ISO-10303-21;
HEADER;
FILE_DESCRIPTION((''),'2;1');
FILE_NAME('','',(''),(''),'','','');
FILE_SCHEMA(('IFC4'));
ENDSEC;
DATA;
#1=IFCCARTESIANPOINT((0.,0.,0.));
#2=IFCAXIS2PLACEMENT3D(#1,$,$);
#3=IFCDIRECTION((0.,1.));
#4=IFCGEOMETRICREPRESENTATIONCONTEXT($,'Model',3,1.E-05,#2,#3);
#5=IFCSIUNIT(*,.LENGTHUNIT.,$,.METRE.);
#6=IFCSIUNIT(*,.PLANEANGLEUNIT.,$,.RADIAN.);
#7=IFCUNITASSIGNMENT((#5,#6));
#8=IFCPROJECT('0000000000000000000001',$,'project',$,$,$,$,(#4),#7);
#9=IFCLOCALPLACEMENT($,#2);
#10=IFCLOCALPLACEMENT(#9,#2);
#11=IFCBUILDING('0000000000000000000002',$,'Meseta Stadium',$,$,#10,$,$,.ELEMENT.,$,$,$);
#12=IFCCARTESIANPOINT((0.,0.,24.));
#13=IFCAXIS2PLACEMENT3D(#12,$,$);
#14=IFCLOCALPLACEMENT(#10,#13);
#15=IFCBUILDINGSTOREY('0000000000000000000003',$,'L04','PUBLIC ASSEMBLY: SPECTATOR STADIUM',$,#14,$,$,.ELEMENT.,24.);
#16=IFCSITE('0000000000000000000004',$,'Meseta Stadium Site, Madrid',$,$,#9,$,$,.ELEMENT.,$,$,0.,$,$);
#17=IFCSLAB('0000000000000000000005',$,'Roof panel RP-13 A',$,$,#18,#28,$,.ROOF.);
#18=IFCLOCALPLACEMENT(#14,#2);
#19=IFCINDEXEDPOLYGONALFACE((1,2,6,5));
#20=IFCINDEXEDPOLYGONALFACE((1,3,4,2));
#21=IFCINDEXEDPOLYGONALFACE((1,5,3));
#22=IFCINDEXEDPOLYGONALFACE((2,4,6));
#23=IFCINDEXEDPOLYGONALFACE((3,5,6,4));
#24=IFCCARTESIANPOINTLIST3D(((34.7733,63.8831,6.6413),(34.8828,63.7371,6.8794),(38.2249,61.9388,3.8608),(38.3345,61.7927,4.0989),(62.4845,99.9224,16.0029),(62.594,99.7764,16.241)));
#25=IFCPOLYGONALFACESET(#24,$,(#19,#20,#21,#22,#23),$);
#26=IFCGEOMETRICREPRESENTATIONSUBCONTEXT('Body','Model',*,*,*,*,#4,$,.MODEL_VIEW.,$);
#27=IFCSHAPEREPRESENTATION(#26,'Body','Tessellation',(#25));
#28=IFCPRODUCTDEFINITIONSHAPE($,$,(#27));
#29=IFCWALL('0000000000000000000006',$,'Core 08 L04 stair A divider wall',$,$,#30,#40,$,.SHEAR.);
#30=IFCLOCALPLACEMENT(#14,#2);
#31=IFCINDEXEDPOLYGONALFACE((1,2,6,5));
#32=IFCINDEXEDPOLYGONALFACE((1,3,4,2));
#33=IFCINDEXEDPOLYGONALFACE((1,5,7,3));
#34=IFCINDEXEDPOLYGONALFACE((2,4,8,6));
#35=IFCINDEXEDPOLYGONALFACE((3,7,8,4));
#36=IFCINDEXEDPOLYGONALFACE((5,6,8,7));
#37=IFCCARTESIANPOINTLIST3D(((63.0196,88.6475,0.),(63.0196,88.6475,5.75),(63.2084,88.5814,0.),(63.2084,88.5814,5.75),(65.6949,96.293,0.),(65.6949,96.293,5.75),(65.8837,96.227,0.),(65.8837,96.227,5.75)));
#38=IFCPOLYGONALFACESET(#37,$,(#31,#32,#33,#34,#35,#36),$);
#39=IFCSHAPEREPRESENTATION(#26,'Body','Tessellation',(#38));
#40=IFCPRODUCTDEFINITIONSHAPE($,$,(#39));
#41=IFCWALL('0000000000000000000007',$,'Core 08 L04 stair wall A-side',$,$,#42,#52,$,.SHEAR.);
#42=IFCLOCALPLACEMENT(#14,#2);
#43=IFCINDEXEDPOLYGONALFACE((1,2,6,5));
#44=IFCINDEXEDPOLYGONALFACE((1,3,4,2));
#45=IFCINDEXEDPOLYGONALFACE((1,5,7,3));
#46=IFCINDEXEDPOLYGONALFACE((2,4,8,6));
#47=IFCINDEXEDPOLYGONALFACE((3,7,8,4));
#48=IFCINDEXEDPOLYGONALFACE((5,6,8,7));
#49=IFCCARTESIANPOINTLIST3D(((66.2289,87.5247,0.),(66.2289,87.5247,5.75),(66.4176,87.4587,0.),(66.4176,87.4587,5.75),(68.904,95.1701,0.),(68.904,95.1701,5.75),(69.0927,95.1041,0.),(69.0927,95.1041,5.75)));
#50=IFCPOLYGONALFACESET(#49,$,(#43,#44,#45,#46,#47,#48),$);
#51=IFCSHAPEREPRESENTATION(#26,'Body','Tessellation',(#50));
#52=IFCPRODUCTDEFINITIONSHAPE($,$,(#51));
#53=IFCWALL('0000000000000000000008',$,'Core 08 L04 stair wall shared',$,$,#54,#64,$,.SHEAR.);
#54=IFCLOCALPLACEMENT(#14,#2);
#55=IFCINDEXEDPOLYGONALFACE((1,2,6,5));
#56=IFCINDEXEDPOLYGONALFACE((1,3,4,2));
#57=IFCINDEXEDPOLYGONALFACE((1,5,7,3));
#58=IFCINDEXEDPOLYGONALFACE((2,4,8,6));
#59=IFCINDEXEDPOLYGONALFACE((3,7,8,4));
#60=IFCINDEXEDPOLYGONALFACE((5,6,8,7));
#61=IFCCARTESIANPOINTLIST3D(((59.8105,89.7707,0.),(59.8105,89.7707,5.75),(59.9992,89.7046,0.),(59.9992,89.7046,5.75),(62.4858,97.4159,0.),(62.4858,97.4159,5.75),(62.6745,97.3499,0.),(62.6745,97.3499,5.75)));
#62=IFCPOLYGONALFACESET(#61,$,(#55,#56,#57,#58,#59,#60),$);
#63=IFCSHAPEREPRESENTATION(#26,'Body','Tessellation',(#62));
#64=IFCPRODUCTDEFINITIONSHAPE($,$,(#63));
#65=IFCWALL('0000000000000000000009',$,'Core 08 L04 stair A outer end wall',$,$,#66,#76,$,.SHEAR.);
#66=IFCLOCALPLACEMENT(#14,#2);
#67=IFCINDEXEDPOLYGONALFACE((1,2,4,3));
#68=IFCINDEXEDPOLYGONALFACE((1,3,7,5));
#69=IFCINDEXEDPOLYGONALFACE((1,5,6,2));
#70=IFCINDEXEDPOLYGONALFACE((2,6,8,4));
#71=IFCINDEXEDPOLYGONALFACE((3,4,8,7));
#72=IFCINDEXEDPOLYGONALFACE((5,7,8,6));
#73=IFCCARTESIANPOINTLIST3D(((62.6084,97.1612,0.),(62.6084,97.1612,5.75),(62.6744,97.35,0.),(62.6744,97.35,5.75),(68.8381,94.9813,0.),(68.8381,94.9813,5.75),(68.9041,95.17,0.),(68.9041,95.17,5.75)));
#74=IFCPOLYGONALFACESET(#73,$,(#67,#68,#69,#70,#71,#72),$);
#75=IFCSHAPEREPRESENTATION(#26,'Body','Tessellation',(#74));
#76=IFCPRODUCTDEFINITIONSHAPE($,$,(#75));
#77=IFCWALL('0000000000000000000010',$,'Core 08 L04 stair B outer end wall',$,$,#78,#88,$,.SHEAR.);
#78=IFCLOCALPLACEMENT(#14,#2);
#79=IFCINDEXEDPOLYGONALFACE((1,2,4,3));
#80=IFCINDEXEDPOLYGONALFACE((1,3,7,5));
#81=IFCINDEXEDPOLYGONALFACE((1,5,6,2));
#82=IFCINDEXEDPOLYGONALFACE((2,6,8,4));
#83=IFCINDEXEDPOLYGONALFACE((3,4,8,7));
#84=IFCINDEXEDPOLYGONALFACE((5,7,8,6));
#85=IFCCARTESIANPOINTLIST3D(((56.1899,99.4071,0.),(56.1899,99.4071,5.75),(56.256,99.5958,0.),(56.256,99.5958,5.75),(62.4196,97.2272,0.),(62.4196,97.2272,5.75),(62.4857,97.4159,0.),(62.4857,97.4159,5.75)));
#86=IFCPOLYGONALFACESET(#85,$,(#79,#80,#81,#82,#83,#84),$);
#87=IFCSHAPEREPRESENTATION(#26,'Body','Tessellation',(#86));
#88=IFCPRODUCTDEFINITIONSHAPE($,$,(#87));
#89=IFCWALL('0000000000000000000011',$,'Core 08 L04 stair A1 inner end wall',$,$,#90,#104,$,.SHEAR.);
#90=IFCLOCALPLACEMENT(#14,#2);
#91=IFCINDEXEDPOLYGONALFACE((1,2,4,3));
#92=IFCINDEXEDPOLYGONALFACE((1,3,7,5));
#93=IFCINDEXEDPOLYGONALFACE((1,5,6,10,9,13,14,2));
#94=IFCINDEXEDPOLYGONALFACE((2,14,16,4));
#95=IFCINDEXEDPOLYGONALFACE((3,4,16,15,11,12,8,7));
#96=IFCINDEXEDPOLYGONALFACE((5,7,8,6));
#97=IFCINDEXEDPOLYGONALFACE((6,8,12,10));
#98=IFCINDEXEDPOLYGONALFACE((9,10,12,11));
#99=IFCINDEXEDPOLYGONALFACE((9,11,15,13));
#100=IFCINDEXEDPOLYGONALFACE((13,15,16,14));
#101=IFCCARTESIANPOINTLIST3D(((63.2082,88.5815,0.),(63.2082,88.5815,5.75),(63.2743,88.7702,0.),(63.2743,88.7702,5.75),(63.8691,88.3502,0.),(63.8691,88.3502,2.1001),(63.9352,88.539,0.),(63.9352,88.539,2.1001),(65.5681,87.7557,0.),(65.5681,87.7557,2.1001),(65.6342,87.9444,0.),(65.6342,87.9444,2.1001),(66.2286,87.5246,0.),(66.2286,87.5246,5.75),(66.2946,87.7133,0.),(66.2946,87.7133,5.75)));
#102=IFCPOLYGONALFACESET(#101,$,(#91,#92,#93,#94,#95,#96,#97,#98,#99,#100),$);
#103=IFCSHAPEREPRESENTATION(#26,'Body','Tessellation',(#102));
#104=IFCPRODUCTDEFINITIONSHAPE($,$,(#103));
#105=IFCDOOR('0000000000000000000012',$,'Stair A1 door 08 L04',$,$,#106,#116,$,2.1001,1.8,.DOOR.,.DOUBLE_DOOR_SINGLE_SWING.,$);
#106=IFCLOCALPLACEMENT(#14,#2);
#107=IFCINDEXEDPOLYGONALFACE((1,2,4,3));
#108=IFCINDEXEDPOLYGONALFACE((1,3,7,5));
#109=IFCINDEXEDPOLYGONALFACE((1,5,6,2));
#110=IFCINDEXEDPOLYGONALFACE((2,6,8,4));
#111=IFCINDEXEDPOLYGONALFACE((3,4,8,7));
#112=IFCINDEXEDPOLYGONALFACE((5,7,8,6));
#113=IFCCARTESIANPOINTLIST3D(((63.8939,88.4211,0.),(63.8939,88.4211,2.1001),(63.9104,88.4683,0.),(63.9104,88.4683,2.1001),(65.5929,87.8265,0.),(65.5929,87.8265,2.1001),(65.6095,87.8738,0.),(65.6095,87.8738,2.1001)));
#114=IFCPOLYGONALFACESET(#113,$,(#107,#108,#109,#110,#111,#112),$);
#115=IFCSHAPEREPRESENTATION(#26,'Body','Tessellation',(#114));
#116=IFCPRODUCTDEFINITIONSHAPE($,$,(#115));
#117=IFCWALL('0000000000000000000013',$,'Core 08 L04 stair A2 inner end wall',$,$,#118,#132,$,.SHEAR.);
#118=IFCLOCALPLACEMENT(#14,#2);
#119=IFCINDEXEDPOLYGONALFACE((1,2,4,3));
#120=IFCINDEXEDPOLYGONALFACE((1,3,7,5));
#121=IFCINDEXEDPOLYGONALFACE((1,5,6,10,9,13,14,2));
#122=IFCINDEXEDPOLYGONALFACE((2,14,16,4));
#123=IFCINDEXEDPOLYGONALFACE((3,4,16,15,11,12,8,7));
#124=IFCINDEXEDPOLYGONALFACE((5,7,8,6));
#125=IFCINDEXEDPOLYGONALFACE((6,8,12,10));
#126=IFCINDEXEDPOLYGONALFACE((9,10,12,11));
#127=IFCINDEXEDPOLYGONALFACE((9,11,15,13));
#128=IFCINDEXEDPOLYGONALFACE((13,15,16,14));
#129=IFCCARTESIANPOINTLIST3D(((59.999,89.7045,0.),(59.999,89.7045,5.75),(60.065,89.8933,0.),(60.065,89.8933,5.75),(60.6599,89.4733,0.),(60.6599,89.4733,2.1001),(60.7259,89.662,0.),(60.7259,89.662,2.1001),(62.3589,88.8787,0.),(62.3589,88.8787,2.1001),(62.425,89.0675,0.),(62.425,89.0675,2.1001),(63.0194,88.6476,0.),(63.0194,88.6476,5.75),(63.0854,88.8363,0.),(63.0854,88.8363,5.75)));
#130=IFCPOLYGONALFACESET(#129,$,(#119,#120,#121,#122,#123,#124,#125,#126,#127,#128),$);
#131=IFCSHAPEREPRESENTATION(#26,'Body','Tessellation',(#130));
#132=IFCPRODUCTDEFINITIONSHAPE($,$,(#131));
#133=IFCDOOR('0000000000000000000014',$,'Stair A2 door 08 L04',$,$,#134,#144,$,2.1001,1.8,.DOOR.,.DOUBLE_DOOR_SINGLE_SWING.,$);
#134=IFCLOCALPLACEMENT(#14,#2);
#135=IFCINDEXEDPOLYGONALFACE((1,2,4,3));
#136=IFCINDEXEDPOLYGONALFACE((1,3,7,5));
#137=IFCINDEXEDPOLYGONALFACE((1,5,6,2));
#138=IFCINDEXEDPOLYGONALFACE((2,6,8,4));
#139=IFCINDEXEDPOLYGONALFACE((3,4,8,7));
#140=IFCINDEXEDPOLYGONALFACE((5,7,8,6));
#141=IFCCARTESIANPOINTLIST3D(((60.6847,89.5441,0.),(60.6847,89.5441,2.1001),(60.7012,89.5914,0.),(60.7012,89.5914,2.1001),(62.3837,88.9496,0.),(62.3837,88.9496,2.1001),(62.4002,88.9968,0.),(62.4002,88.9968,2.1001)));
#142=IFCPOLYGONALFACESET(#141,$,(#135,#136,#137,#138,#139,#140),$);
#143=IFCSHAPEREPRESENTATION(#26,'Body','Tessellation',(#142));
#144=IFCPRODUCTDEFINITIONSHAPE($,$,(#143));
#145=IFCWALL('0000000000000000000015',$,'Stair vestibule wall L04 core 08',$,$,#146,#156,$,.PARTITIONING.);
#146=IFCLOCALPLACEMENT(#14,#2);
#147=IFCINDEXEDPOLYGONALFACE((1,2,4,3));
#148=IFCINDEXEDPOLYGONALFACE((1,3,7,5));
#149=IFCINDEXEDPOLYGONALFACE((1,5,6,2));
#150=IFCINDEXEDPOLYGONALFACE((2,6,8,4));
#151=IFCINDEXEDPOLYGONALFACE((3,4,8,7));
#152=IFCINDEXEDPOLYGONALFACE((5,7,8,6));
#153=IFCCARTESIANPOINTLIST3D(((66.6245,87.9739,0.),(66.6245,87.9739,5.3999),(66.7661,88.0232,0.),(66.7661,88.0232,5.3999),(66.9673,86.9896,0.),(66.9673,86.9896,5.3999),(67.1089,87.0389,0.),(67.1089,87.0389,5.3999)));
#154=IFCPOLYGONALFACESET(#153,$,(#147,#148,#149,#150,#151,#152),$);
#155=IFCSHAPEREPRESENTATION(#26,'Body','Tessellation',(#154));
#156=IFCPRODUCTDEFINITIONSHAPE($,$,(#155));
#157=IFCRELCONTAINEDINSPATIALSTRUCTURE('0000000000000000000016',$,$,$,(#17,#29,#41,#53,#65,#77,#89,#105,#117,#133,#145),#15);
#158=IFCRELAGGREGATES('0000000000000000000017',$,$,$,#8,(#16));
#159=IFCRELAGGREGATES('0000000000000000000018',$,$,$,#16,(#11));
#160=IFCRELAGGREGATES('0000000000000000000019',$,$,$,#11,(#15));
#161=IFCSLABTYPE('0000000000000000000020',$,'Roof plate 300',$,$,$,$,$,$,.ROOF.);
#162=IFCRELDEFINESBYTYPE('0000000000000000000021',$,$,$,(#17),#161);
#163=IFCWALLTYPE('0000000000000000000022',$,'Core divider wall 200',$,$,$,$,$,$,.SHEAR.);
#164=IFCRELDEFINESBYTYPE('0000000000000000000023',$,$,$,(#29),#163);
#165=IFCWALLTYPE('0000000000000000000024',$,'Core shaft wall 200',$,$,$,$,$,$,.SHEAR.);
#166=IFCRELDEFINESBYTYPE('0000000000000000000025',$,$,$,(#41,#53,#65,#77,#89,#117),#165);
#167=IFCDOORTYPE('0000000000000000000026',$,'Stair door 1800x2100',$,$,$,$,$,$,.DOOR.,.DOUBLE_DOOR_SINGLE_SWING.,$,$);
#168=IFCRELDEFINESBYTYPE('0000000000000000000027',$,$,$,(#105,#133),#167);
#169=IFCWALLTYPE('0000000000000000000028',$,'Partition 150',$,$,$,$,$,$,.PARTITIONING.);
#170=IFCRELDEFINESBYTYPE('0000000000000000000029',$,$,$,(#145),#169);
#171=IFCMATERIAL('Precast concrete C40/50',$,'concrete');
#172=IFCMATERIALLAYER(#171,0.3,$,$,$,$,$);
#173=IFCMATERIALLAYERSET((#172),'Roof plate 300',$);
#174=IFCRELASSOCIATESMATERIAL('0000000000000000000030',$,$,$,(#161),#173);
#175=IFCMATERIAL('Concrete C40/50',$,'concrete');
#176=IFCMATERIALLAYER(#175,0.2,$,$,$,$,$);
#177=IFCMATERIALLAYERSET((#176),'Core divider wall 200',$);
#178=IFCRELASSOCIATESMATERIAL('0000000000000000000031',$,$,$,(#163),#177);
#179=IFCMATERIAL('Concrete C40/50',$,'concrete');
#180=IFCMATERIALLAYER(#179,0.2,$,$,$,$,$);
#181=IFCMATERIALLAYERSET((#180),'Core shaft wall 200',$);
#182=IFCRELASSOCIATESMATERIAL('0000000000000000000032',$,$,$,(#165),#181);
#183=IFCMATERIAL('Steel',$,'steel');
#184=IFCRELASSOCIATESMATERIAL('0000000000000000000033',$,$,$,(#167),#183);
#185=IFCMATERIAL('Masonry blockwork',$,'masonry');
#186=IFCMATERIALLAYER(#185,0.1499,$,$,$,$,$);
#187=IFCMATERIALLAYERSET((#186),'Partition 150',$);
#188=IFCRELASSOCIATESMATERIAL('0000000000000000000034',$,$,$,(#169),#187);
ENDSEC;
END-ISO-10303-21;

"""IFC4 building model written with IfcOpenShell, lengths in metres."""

from ifc_helpers import new_model, si_unit, direction, frame, frame_2d, origin, place, context, subcontext, project, spatial, polyline, rectangle, outline, extrude, material, layer, layer_set, type_object, element, fill, save


model = new_model("IFC4")

# Units and contexts
model_context = context("Model", 3, precision=1e-05, world=origin(), true_north=direction((0.0, 1.0)))
body_context = subcontext(model_context, "Body", "Model", "MODEL_VIEW")
ifc_project = project(units=[si_unit("LENGTHUNIT", "METRE"), si_unit("PLANEANGLEUNIT", "RADIAN")], contexts=[model_context])

# Site, building, storey
site_placement = place(None, origin())
site = spatial("IfcSite", under=ifc_project, at=site_placement, Name="Meseta Stadium Site, Madrid", CompositionType="ELEMENT", RefElevation=0.0)
building_placement = place(site_placement, origin())
building = spatial("IfcBuilding", under=site, at=building_placement, Name="Meseta Stadium", CompositionType="ELEMENT")
storey_placement = place(building_placement, frame((0.0, 0.0, 24.0)))
storey = spatial("IfcBuildingStorey", under=building, at=storey_placement, Name="L04", Description="PUBLIC ASSEMBLY: SPECTATOR STADIUM", CompositionType="ELEMENT", Elevation=24.0)

# Slab
ifc_material_1 = material(Name="Precast concrete C40/50", Category="concrete")
ifc_layer_1 = layer(ifc_material_1, 0.3)
ifc_layer_set_1 = layer_set([ifc_layer_1], Name="Roof plate 300")
slab_type = type_object("IfcSlabType", Name="Roof plate 300", PredefinedType="ROOF", material=ifc_layer_set_1)
slab_placement = place(storey_placement, frame((62.594, 99.7764, 16.241), z_axis=(0.365038, -0.486821, 0.793569), x_axis=(-0.519735, -0.813761, -0.260132)))
element("IfcSlab", 1, at=slab_placement, inside=storey, type_object=slab_type, Name="Roof panel RP-13 A", PredefinedType="ROOF", context=body_context, shape_type="SweptSolid", body=[
    extrude(outline(polyline([(0.0, 0.0), (46.6767, 0.0), (46.1651, -4.8129), (0.0, 0.0)])), origin(), (0.0, 0.0, -1.0), 0.3),
])

# Walls
ifc_material_2 = material(Name="Concrete C40/50", Category="concrete")
ifc_layer_2 = layer(ifc_material_2, 0.2)
ifc_layer_set_2 = layer_set([ifc_layer_2], Name="Core divider wall 200")
wall_type_1 = type_object("IfcWallType", Name="Core divider wall 200", PredefinedType="SHEAR", material=ifc_layer_set_2)
wall_1_placement = place(storey_placement, frame((65.7893, 96.26, 0.0), z_axis=(0.0, 0.0, 1.0), x_axis=(-0.330281, -0.943883, 0.0)))
element("IfcWall", 2, at=wall_1_placement, inside=storey, type_object=wall_type_1, Name="Core 08 L04 stair A divider wall", PredefinedType="SHEAR", context=body_context, shape_type="SweptSolid", body=[
    extrude(rectangle(XDim=8.1001, YDim=0.2, at=frame_2d((4.05, 0.0))), origin(), (0.0, 0.0, 1.0), 5.75),
])
ifc_material_3 = material(Name="Concrete C40/50", Category="concrete")
ifc_layer_3 = layer(ifc_material_3, 0.2)
ifc_layer_set_3 = layer_set([ifc_layer_3], Name="Core shaft wall 200")
wall_type_2 = type_object("IfcWallType", Name="Core shaft wall 200", PredefinedType="SHEAR", material=ifc_layer_set_3)
for number, where, z_axis, x_axis, name in (
    (3, (68.9983, 95.137, 0.0), (0.0, 0.0, 1.0), (-0.330263, -0.943889, 0.0), "Core 08 L04 stair wall A-side"),
    (4, (62.5801, 97.3828, 0.0), (0.0, 0.0, 1.0), (-0.33029, -0.94388, 0.0), "Core 08 L04 stair wall shared"),
):
    element("IfcWall", number, at=place(storey_placement, frame(where, z_axis=z_axis, x_axis=x_axis)), inside=storey, type_object=wall_type_2, Name=name, PredefinedType="SHEAR", context=body_context, shape_type="SweptSolid", body=[
        extrude(rectangle(XDim=8.0999, YDim=0.2, at=frame_2d((4.0498, 0.0))), origin(), (0.0, 0.0, 1.0), 5.75),
    ])
for number, where, z_axis, x_axis, name in (
    (5, (68.8711, 95.0757, 0.0), (0.0, 0.0, 1.0), (-0.943881, 0.330286, 0.0), "Core 08 L04 stair A outer end wall"),
    (6, (62.4526, 97.3215, 0.0), (0.0, 0.0, 1.0), (-0.943881, 0.330286, 0.0), "Core 08 L04 stair B outer end wall"),
):
    element("IfcWall", number, at=place(storey_placement, frame(where, z_axis=z_axis, x_axis=x_axis)), inside=storey, type_object=wall_type_2, Name=name, PredefinedType="SHEAR", context=body_context, shape_type="SweptSolid", body=[
        extrude(rectangle(XDim=6.6001, YDim=0.2, at=frame_2d((3.3, 0.0))), origin(), (0.0, 0.0, 1.0), 5.75),
    ])

# Walls, openings, doors
wall_2_placement = place(storey_placement, frame((66.2617, 87.6189, 0.0), z_axis=(0.0, 0.0, 1.0), x_axis=(-0.943879, 0.330293, 0.0)))
wall_2 = element("IfcWall", 7, at=wall_2_placement, inside=storey, type_object=wall_type_2, Name="Core 08 L04 stair A1 inner end wall", PredefinedType="SHEAR", context=body_context, shape_type="SweptSolid", body=[
    extrude(rectangle(XDim=3.2, YDim=0.2, at=frame_2d((1.6001, 0.0))), origin(), (0.0, 0.0, 1.0), 5.75),
])
opening_1_placement = place(wall_2_placement, frame((0.7, 0.0, 0.0)))
opening_1 = element("IfcOpeningElement", 8, at=opening_1_placement, cuts=wall_2, PredefinedType="OPENING", context=body_context, shape_type="SweptSolid", body=[
    extrude(rectangle(XDim=1.8, YDim=2.1001, at=frame_2d((0.8999, 1.05))), frame((0.0, 0.1099, 0.0), z_axis=(0.0, -1.0, 0.0), x_axis=(1.0, 0.0, 0.0)), (0.0, 0.0, 1.0), 0.22),
])
ifc_material_4 = material(Name="Steel", Category="steel")
door_type = type_object("IfcDoorType", Name="Stair door 1800x2100", OperationType="DOUBLE_DOOR_SINGLE_SWING", PredefinedType="DOOR", material=ifc_material_4)
door_1_placement = place(opening_1_placement, origin())
door_1 = element("IfcDoor", 9, at=door_1_placement, inside=storey, type_object=door_type, Name="Stair A1 door 08 L04", OperationType="DOUBLE_DOOR_SINGLE_SWING", OverallHeight=2.1001, OverallWidth=1.8, PredefinedType="DOOR", context=body_context, shape_type="SweptSolid", body=[
    extrude(rectangle(XDim=1.8, YDim=2.1001, at=frame_2d((0.8999, 1.05))), frame((0.0, 0.0249, 0.0), z_axis=(0.0, -1.0, 0.0), x_axis=(1.0, 0.0, 0.0)), (0.0, 0.0, 1.0), 0.05),
])
fill(opening_1, door_1)
wall_3_placement = place(storey_placement, frame((63.0525, 88.7419, 0.0), z_axis=(0.0, 0.0, 1.0), x_axis=(-0.943879, 0.330293, 0.0)))
wall_3 = element("IfcWall", 10, at=wall_3_placement, inside=storey, type_object=wall_type_2, Name="Core 08 L04 stair A2 inner end wall", PredefinedType="SHEAR", context=body_context, shape_type="SweptSolid", body=[
    extrude(rectangle(XDim=3.2, YDim=0.2, at=frame_2d((1.6001, 0.0))), origin(), (0.0, 0.0, 1.0), 5.75),
])
opening_2_placement = place(wall_3_placement, frame((0.7, 0.0, 0.0)))
opening_2 = element("IfcOpeningElement", 11, at=opening_2_placement, cuts=wall_3, PredefinedType="OPENING", context=body_context, shape_type="SweptSolid", body=[
    extrude(rectangle(XDim=1.8, YDim=2.1001, at=frame_2d((0.8999, 1.05))), frame((0.0, 0.1099, 0.0), z_axis=(0.0, -1.0, 0.0), x_axis=(1.0, 0.0, 0.0)), (0.0, 0.0, 1.0), 0.22),
])
door_2_placement = place(opening_2_placement, origin())
door_2 = element("IfcDoor", 12, at=door_2_placement, inside=storey, type_object=door_type, Name="Stair A2 door 08 L04", OperationType="DOUBLE_DOOR_SINGLE_SWING", OverallHeight=2.1001, OverallWidth=1.8, PredefinedType="DOOR", context=body_context, shape_type="SweptSolid", body=[
    extrude(rectangle(XDim=1.8, YDim=2.1001, at=frame_2d((0.8999, 1.05))), frame((0.0, 0.0249, 0.0), z_axis=(0.0, -1.0, 0.0), x_axis=(1.0, 0.0, 0.0)), (0.0, 0.0, 1.0), 0.05),
])
fill(opening_2, door_2)

# Wall
ifc_material_5 = material(Name="Masonry blockwork", Category="masonry")
ifc_layer_4 = layer(ifc_material_5, 0.1499)
ifc_layer_set_4 = layer_set([ifc_layer_4], Name="Partition 150")
wall_type_3 = type_object("IfcWallType", Name="Partition 150", PredefinedType="PARTITIONING", material=ifc_layer_set_4)
wall_4_placement = place(storey_placement, frame((67.0381, 87.0144, 0.0), z_axis=(0.0, 0.0, 1.0), x_axis=(-0.32892, 0.944358, 0.0)))
element("IfcWall", 13, at=wall_4_placement, inside=storey, type_object=wall_type_3, Name="Stair vestibule wall L04 core 08", PredefinedType="PARTITIONING", context=body_context, shape_type="SweptSolid", body=[
    extrude(rectangle(XDim=1.0422, YDim=0.1499, at=frame_2d((0.521, 0.0))), origin(), (0.0, 0.0, 1.0), 5.3999),
])

save(model, "model.ifc")
